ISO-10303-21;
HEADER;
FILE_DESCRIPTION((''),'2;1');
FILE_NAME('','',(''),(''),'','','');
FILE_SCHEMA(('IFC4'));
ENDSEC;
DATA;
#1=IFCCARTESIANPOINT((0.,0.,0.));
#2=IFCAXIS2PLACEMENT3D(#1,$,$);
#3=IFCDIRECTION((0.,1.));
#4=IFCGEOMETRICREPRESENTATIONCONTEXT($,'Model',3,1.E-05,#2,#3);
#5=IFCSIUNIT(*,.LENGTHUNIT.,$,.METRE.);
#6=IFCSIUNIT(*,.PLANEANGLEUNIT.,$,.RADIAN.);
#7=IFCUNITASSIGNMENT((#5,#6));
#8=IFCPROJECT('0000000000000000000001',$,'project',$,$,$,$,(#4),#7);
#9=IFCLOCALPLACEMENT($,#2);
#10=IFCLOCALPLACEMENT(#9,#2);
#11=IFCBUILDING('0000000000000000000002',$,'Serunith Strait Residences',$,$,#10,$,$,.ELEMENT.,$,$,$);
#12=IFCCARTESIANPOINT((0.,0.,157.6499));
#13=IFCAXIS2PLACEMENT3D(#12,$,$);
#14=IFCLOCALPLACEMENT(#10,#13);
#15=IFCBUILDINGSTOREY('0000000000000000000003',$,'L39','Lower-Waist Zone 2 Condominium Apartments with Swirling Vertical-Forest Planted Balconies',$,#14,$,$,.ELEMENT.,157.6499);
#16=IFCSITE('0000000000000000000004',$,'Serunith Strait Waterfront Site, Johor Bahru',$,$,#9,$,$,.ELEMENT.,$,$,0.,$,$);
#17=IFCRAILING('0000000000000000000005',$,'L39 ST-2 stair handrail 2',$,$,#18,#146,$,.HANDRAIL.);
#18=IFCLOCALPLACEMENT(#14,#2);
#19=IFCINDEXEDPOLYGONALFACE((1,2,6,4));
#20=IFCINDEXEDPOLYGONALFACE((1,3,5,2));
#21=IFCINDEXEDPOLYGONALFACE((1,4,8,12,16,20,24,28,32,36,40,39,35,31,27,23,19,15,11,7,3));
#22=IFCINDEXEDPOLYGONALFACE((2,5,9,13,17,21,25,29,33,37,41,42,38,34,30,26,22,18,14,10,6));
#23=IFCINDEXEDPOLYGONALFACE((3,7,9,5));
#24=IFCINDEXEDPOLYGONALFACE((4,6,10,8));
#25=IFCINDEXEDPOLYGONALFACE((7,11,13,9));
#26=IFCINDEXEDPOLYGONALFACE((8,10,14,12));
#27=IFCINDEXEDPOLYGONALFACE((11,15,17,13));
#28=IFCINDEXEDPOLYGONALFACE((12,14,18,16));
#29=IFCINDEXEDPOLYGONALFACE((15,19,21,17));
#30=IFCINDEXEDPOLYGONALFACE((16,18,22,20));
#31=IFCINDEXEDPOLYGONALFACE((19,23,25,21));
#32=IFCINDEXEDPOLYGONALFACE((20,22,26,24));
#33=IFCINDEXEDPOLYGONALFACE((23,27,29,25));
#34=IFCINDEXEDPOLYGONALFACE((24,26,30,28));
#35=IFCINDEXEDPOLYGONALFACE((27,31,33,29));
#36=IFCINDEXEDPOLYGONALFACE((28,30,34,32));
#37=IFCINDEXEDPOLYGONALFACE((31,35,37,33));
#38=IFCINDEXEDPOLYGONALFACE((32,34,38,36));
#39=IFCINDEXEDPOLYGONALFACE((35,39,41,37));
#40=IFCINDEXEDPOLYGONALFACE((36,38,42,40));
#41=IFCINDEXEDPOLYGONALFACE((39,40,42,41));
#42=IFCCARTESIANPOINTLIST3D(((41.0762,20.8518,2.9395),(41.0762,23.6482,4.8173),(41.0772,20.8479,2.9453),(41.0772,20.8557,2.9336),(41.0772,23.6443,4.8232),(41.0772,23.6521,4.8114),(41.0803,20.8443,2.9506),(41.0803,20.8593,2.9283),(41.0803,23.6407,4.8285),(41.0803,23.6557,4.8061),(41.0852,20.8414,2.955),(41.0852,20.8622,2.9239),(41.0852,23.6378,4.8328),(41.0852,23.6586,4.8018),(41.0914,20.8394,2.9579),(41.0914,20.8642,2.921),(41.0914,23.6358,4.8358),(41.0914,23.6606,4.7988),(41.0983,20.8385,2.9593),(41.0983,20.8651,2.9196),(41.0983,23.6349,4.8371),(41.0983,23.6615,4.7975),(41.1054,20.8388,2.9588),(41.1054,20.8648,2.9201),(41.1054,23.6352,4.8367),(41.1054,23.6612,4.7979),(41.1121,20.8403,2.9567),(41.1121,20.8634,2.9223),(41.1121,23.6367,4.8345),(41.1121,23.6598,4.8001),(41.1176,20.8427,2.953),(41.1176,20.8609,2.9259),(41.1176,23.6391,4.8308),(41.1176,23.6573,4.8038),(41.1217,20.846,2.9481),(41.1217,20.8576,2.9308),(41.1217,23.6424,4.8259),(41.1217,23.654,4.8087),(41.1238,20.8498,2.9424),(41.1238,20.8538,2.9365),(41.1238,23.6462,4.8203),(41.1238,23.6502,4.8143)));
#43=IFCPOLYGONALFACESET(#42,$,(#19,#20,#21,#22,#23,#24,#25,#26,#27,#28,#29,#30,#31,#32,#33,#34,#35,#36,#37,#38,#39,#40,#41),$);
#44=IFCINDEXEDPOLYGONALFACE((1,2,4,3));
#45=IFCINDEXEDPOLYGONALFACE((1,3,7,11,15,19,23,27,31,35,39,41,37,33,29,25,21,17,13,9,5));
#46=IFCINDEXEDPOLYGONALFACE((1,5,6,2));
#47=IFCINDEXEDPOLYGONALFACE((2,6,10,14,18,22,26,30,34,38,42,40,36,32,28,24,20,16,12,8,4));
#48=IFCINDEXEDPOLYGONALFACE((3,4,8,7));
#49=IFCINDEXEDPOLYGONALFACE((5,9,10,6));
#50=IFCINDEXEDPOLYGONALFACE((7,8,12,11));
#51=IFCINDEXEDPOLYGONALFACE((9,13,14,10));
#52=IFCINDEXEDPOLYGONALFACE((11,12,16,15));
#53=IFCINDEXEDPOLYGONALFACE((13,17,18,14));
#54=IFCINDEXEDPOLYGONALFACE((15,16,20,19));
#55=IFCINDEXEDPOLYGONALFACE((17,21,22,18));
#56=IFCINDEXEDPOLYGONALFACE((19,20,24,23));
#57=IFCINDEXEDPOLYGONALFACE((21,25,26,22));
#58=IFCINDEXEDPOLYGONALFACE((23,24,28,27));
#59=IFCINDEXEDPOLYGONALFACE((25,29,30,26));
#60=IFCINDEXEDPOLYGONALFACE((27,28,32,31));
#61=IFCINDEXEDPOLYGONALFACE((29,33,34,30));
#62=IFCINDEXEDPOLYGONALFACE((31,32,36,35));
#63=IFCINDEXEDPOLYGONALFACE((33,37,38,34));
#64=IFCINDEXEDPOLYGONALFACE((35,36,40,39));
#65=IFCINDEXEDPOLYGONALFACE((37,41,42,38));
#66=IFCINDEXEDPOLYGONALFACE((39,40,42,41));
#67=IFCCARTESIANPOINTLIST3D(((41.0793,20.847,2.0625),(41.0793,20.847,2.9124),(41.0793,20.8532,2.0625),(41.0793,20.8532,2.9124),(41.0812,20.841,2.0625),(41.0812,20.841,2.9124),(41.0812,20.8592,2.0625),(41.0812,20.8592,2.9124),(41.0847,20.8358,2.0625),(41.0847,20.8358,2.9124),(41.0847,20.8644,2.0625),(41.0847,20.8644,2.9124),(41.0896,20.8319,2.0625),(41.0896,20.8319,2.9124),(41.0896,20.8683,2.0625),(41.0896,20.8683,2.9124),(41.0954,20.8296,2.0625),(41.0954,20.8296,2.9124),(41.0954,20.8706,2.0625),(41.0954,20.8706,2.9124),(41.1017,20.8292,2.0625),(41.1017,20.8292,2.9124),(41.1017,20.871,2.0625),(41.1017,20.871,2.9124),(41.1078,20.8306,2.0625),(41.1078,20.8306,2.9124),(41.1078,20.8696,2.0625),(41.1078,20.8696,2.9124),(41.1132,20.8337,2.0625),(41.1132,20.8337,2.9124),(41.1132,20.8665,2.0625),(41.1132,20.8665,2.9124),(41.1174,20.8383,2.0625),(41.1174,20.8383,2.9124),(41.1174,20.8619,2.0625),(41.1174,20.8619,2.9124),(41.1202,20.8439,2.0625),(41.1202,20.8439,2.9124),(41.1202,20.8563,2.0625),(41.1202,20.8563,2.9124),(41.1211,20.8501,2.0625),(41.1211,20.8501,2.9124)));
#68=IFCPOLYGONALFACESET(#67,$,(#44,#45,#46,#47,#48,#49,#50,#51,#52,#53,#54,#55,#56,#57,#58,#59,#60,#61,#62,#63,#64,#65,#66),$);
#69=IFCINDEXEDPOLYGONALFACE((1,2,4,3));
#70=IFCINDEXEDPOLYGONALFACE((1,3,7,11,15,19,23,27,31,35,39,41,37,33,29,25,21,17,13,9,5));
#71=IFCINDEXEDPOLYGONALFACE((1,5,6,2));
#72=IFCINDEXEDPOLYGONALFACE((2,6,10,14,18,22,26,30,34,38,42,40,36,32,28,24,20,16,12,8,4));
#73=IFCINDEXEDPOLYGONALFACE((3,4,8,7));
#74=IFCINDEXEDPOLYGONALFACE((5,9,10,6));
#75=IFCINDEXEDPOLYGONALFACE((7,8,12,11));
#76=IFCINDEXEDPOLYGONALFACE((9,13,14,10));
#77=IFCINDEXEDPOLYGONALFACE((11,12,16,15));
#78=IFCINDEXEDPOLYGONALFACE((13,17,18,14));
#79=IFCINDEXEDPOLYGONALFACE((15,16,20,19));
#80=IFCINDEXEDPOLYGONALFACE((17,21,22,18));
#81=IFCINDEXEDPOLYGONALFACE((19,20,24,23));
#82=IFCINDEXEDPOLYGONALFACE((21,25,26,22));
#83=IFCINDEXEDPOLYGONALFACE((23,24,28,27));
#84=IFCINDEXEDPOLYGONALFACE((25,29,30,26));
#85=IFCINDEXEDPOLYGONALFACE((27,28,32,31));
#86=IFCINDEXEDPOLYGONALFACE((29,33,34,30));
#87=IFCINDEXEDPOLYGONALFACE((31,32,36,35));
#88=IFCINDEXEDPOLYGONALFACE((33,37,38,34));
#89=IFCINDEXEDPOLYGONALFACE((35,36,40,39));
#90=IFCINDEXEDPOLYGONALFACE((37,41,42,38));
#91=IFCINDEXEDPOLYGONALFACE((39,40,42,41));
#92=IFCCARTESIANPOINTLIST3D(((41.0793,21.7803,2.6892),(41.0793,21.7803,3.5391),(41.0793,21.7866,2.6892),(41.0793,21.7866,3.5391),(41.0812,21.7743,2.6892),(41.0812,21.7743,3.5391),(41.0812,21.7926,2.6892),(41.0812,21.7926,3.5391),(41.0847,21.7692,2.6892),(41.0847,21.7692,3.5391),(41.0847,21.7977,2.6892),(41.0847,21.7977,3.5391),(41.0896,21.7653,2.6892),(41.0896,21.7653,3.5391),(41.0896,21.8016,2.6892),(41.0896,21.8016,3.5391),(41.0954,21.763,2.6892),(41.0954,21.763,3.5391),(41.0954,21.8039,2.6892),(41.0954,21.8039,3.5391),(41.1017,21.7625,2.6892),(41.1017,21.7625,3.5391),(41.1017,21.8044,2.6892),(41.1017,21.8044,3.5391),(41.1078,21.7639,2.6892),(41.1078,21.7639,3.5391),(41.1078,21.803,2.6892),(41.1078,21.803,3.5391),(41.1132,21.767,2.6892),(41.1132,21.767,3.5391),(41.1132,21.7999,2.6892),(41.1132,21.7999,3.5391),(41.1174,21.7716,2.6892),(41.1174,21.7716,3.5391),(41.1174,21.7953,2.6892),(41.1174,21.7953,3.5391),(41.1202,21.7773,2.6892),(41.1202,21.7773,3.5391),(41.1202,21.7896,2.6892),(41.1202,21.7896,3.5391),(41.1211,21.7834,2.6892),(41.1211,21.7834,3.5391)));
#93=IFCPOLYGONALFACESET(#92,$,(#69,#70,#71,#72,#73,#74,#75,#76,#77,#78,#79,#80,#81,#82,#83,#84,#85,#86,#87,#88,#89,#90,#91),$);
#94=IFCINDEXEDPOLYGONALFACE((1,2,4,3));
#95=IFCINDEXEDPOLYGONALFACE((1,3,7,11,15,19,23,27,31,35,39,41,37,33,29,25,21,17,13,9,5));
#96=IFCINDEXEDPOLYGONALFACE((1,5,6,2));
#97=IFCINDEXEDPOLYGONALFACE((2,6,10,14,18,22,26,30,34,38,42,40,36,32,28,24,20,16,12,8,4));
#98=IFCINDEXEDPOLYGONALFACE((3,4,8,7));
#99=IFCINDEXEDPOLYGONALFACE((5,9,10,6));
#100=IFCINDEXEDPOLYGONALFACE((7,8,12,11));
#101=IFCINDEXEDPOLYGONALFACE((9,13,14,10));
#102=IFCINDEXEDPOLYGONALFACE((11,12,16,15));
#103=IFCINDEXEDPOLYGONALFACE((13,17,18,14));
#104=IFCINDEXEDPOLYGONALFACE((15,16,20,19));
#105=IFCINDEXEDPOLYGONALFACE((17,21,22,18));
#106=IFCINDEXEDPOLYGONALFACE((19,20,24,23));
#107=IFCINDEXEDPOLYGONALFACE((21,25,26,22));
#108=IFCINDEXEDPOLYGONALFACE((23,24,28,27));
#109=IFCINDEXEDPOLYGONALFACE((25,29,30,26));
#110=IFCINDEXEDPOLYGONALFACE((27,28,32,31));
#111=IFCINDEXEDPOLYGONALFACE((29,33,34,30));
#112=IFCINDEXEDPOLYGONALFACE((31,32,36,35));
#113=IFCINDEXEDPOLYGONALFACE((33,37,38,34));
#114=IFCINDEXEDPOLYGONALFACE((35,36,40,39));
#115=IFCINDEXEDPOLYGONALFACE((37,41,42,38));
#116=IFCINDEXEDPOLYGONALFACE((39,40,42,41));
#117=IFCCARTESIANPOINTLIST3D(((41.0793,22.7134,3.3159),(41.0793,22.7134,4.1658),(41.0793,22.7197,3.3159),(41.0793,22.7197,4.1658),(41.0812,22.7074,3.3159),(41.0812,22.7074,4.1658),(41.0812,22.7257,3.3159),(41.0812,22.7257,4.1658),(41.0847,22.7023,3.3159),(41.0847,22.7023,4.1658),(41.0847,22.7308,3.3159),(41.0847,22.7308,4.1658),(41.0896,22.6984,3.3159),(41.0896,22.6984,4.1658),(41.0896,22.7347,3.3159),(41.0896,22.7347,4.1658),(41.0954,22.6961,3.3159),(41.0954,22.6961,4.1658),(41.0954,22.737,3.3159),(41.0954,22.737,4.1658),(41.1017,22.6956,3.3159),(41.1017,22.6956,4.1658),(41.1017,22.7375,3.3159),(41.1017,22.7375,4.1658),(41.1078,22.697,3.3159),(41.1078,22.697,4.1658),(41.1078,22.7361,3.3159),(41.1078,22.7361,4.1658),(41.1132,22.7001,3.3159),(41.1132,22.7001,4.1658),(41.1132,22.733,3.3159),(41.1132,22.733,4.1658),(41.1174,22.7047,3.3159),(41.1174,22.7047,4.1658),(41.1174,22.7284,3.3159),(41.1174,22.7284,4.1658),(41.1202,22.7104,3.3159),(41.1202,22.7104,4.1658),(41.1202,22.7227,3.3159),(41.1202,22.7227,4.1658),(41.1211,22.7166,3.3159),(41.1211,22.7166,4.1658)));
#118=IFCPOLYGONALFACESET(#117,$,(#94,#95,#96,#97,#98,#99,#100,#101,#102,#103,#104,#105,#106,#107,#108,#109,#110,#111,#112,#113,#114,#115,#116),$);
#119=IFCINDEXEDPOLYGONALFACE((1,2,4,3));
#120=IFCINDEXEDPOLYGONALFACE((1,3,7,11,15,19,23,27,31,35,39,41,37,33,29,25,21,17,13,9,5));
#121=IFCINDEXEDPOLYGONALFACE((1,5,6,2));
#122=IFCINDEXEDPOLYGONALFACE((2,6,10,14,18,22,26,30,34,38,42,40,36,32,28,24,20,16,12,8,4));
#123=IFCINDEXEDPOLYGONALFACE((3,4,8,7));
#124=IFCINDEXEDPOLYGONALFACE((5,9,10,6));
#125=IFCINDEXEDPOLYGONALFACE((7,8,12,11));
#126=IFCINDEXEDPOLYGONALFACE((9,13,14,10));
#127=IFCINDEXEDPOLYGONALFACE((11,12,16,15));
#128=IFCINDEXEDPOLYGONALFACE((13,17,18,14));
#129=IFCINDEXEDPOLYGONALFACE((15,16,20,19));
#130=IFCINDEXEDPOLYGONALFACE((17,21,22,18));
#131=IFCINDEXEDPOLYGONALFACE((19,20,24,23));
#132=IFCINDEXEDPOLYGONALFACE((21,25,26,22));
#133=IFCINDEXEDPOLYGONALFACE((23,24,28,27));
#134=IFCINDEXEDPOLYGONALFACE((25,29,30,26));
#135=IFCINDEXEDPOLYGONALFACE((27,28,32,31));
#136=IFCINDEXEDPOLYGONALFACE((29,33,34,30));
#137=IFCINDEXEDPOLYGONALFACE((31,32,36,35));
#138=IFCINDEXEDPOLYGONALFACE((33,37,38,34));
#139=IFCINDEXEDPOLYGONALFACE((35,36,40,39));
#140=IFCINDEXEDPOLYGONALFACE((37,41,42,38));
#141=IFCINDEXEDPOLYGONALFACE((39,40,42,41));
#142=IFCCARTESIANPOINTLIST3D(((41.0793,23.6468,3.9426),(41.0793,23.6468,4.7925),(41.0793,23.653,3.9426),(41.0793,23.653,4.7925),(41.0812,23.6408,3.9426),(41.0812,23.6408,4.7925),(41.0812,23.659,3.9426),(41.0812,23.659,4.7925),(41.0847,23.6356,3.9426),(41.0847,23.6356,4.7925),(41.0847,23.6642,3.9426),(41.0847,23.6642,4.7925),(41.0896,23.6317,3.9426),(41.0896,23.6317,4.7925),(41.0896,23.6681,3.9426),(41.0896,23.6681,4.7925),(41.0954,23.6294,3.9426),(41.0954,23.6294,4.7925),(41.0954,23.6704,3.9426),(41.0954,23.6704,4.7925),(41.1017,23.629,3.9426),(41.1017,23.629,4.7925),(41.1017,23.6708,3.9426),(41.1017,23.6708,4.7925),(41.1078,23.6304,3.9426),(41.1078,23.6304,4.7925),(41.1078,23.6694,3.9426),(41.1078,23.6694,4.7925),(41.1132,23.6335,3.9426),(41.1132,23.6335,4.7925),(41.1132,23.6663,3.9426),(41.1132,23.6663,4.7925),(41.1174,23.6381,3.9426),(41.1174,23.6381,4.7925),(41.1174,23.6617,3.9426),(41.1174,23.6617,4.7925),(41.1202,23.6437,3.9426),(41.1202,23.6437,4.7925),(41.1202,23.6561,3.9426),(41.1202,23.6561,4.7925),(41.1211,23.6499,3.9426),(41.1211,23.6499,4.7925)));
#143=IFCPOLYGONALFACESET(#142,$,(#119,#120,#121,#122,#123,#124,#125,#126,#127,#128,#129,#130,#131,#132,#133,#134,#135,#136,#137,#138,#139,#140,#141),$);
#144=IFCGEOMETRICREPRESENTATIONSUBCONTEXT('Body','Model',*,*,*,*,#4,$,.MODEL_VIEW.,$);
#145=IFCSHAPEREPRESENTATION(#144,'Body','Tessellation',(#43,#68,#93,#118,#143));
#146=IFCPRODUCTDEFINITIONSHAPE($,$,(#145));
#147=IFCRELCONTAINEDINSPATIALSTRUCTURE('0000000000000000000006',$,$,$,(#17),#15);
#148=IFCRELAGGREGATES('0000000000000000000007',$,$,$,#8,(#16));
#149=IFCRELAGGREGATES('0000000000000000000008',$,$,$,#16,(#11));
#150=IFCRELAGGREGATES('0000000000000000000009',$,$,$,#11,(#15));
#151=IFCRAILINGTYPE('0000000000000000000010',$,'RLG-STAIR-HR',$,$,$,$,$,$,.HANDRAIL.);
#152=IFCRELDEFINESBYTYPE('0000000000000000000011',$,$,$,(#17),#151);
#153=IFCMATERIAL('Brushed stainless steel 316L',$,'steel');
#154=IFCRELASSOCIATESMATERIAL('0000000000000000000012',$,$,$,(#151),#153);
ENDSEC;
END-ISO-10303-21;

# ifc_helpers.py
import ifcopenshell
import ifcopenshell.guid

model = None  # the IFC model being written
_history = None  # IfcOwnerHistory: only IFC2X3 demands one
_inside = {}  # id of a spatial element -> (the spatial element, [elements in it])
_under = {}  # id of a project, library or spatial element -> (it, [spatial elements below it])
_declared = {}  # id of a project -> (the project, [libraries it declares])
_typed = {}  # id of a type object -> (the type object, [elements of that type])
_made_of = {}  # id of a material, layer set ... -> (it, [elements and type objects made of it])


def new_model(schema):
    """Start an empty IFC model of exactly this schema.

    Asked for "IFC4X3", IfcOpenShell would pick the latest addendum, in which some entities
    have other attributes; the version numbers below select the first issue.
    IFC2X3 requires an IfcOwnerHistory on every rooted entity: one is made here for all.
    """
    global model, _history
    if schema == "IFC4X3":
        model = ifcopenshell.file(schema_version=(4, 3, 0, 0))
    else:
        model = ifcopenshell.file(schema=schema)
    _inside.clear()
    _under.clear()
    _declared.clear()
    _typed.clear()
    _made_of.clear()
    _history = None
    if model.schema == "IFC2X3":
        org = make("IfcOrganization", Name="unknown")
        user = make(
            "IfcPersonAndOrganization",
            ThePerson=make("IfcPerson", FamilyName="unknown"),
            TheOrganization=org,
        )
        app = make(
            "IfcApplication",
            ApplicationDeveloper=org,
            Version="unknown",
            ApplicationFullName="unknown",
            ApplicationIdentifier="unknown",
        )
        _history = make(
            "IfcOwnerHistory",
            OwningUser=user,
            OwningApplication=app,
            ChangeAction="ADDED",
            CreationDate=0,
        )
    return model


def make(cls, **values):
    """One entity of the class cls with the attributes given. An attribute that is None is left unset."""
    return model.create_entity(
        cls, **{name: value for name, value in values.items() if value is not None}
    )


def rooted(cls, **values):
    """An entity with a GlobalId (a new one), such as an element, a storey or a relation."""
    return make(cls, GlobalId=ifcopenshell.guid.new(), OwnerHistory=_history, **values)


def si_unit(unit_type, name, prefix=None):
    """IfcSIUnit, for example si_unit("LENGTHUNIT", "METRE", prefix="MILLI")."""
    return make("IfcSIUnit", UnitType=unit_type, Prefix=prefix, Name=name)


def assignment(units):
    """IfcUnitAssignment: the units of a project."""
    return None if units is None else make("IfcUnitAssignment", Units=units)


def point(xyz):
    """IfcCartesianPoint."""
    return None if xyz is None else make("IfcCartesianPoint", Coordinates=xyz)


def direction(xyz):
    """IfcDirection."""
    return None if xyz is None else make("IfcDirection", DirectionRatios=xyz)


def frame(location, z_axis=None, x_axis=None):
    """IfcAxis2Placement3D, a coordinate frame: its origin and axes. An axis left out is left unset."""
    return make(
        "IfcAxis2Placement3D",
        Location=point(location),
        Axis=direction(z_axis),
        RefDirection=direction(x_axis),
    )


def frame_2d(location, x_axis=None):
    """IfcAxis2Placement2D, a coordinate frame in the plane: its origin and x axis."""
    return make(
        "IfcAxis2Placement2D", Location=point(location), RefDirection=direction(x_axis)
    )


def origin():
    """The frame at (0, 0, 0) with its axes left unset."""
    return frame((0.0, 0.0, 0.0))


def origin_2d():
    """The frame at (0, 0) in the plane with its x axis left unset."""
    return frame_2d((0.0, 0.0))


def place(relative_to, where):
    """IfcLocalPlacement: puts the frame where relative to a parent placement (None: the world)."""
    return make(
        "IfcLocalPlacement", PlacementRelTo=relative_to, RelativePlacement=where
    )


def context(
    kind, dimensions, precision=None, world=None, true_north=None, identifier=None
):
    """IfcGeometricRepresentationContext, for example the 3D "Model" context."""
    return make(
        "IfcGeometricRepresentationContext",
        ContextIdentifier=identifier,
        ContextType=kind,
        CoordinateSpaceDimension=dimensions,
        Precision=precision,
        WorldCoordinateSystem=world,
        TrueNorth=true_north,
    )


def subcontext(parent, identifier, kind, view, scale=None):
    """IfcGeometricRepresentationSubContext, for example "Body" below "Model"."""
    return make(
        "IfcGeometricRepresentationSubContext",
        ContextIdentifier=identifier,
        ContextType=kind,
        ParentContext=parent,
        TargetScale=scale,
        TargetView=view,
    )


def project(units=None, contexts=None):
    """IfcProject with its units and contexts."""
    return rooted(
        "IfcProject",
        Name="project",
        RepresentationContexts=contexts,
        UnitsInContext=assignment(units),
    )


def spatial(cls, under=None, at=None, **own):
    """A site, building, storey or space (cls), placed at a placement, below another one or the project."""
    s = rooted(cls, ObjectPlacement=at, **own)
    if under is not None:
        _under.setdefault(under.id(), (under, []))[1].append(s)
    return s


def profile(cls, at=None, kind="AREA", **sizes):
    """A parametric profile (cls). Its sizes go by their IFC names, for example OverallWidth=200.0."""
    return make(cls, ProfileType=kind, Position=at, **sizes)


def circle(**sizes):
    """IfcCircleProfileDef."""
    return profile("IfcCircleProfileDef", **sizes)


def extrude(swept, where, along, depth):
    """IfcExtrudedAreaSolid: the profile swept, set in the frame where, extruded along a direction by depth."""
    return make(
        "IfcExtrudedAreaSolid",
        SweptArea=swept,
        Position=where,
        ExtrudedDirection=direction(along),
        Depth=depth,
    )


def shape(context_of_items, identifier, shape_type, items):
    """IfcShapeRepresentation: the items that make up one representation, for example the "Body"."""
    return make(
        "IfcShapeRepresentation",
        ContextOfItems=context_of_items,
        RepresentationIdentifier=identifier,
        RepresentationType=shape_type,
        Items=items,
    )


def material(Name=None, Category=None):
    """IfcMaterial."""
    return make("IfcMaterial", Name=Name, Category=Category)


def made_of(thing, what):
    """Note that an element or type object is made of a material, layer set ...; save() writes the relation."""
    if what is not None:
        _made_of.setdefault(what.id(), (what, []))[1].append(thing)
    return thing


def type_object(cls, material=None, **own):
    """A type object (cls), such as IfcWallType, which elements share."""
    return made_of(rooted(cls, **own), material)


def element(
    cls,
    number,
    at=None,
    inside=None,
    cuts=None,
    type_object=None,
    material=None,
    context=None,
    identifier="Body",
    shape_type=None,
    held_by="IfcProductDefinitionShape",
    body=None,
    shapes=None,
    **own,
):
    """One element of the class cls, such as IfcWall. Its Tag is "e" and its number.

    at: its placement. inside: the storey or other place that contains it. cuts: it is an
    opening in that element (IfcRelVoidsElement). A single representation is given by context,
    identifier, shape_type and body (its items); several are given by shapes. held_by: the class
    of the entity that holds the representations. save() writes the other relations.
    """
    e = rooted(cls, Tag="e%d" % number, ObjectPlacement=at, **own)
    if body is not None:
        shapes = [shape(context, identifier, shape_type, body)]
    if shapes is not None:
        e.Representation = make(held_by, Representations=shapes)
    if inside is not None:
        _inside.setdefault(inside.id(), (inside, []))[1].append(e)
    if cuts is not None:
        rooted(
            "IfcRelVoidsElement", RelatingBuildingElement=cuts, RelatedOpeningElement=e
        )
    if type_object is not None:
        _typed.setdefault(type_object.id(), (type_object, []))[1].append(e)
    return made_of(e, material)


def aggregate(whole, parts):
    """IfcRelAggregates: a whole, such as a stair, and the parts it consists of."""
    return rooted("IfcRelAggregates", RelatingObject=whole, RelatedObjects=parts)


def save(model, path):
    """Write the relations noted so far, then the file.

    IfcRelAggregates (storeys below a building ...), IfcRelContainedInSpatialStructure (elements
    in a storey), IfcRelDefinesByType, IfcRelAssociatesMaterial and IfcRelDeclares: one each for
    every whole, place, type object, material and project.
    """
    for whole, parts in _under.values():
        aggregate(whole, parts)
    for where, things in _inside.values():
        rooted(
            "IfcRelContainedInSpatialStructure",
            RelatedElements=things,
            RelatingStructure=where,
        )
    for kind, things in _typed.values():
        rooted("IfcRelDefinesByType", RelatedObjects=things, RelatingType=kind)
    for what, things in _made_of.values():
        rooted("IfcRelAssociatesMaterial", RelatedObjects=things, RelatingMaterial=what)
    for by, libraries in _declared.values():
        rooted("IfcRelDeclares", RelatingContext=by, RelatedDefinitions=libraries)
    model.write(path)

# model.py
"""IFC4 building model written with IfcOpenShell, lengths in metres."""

from ifc_helpers import new_model, si_unit, direction, frame, origin, origin_2d, place, context, subcontext, project, spatial, circle, extrude, material, type_object, element, save


model = new_model("IFC4")

# Units and contexts
model_context = context("Model", 3, precision=1e-05, world=origin(), true_north=direction((0.0, 1.0)))
body_context = subcontext(model_context, "Body", "Model", "MODEL_VIEW")
ifc_project = project(units=[si_unit("LENGTHUNIT", "METRE"), si_unit("PLANEANGLEUNIT", "RADIAN")], contexts=[model_context])

# Site, building, storey
site_placement = place(None, origin())
site = spatial("IfcSite", under=ifc_project, at=site_placement, Name="Serunith Strait Waterfront Site, Johor Bahru", CompositionType="ELEMENT", RefElevation=0.0)
building_placement = place(site_placement, origin())
building = spatial("IfcBuilding", under=site, at=building_placement, Name="Serunith Strait Residences", CompositionType="ELEMENT")
storey_placement = place(building_placement, frame((0.0, 0.0, 157.6499)))
storey = spatial("IfcBuildingStorey", under=building, at=storey_placement, Name="L39", Description="Lower-Waist Zone 2 Condominium Apartments with Swirling Vertical-Forest Planted Balconies", CompositionType="ELEMENT", Elevation=157.6499)

# Railing
ifc_material_1 = material(Name="Brushed stainless steel 316L", Category="steel")
railing_type_1 = type_object("IfcRailingType", Name="RLG-STAIR-HR", PredefinedType="HANDRAIL", material=ifc_material_1)
railing_1_placement = place(storey_placement, frame((41.1001, 20.8501, 2.0625)))
element("IfcRailing", 1, at=railing_1_placement, inside=storey, type_object=railing_type_1, Name="L39 ST-2 stair handrail 2", PredefinedType="HANDRAIL", context=body_context, shape_type="SweptSolid", body=[
    extrude(circle(Radius=0.0239, at=origin_2d()), frame((0.0, 0.0017, 0.877), z_axis=(0.0, 0.830186, 0.557487), x_axis=(-1.0, 0.0, 0.0)), (0.0, 0.0, 1.0), 3.3684),
    extrude(circle(Radius=0.021, at=origin_2d()), origin(), (0.0, 0.0, 1.0), 0.8499),
    extrude(circle(Radius=0.021, at=origin_2d()), frame((0.0, 0.9333, 0.6267)), (0.0, 0.0, 1.0), 0.8499),
    extrude(circle(Radius=0.021, at=origin_2d()), frame((0.0, 1.8665, 1.2534)), (0.0, 0.0, 1.0), 0.8499),
    extrude(circle(Radius=0.021, at=origin_2d()), frame((0.0, 2.7998, 1.8801)), (0.0, 0.0, 1.0), 0.8499),
])

save(model, "model.ifc")
